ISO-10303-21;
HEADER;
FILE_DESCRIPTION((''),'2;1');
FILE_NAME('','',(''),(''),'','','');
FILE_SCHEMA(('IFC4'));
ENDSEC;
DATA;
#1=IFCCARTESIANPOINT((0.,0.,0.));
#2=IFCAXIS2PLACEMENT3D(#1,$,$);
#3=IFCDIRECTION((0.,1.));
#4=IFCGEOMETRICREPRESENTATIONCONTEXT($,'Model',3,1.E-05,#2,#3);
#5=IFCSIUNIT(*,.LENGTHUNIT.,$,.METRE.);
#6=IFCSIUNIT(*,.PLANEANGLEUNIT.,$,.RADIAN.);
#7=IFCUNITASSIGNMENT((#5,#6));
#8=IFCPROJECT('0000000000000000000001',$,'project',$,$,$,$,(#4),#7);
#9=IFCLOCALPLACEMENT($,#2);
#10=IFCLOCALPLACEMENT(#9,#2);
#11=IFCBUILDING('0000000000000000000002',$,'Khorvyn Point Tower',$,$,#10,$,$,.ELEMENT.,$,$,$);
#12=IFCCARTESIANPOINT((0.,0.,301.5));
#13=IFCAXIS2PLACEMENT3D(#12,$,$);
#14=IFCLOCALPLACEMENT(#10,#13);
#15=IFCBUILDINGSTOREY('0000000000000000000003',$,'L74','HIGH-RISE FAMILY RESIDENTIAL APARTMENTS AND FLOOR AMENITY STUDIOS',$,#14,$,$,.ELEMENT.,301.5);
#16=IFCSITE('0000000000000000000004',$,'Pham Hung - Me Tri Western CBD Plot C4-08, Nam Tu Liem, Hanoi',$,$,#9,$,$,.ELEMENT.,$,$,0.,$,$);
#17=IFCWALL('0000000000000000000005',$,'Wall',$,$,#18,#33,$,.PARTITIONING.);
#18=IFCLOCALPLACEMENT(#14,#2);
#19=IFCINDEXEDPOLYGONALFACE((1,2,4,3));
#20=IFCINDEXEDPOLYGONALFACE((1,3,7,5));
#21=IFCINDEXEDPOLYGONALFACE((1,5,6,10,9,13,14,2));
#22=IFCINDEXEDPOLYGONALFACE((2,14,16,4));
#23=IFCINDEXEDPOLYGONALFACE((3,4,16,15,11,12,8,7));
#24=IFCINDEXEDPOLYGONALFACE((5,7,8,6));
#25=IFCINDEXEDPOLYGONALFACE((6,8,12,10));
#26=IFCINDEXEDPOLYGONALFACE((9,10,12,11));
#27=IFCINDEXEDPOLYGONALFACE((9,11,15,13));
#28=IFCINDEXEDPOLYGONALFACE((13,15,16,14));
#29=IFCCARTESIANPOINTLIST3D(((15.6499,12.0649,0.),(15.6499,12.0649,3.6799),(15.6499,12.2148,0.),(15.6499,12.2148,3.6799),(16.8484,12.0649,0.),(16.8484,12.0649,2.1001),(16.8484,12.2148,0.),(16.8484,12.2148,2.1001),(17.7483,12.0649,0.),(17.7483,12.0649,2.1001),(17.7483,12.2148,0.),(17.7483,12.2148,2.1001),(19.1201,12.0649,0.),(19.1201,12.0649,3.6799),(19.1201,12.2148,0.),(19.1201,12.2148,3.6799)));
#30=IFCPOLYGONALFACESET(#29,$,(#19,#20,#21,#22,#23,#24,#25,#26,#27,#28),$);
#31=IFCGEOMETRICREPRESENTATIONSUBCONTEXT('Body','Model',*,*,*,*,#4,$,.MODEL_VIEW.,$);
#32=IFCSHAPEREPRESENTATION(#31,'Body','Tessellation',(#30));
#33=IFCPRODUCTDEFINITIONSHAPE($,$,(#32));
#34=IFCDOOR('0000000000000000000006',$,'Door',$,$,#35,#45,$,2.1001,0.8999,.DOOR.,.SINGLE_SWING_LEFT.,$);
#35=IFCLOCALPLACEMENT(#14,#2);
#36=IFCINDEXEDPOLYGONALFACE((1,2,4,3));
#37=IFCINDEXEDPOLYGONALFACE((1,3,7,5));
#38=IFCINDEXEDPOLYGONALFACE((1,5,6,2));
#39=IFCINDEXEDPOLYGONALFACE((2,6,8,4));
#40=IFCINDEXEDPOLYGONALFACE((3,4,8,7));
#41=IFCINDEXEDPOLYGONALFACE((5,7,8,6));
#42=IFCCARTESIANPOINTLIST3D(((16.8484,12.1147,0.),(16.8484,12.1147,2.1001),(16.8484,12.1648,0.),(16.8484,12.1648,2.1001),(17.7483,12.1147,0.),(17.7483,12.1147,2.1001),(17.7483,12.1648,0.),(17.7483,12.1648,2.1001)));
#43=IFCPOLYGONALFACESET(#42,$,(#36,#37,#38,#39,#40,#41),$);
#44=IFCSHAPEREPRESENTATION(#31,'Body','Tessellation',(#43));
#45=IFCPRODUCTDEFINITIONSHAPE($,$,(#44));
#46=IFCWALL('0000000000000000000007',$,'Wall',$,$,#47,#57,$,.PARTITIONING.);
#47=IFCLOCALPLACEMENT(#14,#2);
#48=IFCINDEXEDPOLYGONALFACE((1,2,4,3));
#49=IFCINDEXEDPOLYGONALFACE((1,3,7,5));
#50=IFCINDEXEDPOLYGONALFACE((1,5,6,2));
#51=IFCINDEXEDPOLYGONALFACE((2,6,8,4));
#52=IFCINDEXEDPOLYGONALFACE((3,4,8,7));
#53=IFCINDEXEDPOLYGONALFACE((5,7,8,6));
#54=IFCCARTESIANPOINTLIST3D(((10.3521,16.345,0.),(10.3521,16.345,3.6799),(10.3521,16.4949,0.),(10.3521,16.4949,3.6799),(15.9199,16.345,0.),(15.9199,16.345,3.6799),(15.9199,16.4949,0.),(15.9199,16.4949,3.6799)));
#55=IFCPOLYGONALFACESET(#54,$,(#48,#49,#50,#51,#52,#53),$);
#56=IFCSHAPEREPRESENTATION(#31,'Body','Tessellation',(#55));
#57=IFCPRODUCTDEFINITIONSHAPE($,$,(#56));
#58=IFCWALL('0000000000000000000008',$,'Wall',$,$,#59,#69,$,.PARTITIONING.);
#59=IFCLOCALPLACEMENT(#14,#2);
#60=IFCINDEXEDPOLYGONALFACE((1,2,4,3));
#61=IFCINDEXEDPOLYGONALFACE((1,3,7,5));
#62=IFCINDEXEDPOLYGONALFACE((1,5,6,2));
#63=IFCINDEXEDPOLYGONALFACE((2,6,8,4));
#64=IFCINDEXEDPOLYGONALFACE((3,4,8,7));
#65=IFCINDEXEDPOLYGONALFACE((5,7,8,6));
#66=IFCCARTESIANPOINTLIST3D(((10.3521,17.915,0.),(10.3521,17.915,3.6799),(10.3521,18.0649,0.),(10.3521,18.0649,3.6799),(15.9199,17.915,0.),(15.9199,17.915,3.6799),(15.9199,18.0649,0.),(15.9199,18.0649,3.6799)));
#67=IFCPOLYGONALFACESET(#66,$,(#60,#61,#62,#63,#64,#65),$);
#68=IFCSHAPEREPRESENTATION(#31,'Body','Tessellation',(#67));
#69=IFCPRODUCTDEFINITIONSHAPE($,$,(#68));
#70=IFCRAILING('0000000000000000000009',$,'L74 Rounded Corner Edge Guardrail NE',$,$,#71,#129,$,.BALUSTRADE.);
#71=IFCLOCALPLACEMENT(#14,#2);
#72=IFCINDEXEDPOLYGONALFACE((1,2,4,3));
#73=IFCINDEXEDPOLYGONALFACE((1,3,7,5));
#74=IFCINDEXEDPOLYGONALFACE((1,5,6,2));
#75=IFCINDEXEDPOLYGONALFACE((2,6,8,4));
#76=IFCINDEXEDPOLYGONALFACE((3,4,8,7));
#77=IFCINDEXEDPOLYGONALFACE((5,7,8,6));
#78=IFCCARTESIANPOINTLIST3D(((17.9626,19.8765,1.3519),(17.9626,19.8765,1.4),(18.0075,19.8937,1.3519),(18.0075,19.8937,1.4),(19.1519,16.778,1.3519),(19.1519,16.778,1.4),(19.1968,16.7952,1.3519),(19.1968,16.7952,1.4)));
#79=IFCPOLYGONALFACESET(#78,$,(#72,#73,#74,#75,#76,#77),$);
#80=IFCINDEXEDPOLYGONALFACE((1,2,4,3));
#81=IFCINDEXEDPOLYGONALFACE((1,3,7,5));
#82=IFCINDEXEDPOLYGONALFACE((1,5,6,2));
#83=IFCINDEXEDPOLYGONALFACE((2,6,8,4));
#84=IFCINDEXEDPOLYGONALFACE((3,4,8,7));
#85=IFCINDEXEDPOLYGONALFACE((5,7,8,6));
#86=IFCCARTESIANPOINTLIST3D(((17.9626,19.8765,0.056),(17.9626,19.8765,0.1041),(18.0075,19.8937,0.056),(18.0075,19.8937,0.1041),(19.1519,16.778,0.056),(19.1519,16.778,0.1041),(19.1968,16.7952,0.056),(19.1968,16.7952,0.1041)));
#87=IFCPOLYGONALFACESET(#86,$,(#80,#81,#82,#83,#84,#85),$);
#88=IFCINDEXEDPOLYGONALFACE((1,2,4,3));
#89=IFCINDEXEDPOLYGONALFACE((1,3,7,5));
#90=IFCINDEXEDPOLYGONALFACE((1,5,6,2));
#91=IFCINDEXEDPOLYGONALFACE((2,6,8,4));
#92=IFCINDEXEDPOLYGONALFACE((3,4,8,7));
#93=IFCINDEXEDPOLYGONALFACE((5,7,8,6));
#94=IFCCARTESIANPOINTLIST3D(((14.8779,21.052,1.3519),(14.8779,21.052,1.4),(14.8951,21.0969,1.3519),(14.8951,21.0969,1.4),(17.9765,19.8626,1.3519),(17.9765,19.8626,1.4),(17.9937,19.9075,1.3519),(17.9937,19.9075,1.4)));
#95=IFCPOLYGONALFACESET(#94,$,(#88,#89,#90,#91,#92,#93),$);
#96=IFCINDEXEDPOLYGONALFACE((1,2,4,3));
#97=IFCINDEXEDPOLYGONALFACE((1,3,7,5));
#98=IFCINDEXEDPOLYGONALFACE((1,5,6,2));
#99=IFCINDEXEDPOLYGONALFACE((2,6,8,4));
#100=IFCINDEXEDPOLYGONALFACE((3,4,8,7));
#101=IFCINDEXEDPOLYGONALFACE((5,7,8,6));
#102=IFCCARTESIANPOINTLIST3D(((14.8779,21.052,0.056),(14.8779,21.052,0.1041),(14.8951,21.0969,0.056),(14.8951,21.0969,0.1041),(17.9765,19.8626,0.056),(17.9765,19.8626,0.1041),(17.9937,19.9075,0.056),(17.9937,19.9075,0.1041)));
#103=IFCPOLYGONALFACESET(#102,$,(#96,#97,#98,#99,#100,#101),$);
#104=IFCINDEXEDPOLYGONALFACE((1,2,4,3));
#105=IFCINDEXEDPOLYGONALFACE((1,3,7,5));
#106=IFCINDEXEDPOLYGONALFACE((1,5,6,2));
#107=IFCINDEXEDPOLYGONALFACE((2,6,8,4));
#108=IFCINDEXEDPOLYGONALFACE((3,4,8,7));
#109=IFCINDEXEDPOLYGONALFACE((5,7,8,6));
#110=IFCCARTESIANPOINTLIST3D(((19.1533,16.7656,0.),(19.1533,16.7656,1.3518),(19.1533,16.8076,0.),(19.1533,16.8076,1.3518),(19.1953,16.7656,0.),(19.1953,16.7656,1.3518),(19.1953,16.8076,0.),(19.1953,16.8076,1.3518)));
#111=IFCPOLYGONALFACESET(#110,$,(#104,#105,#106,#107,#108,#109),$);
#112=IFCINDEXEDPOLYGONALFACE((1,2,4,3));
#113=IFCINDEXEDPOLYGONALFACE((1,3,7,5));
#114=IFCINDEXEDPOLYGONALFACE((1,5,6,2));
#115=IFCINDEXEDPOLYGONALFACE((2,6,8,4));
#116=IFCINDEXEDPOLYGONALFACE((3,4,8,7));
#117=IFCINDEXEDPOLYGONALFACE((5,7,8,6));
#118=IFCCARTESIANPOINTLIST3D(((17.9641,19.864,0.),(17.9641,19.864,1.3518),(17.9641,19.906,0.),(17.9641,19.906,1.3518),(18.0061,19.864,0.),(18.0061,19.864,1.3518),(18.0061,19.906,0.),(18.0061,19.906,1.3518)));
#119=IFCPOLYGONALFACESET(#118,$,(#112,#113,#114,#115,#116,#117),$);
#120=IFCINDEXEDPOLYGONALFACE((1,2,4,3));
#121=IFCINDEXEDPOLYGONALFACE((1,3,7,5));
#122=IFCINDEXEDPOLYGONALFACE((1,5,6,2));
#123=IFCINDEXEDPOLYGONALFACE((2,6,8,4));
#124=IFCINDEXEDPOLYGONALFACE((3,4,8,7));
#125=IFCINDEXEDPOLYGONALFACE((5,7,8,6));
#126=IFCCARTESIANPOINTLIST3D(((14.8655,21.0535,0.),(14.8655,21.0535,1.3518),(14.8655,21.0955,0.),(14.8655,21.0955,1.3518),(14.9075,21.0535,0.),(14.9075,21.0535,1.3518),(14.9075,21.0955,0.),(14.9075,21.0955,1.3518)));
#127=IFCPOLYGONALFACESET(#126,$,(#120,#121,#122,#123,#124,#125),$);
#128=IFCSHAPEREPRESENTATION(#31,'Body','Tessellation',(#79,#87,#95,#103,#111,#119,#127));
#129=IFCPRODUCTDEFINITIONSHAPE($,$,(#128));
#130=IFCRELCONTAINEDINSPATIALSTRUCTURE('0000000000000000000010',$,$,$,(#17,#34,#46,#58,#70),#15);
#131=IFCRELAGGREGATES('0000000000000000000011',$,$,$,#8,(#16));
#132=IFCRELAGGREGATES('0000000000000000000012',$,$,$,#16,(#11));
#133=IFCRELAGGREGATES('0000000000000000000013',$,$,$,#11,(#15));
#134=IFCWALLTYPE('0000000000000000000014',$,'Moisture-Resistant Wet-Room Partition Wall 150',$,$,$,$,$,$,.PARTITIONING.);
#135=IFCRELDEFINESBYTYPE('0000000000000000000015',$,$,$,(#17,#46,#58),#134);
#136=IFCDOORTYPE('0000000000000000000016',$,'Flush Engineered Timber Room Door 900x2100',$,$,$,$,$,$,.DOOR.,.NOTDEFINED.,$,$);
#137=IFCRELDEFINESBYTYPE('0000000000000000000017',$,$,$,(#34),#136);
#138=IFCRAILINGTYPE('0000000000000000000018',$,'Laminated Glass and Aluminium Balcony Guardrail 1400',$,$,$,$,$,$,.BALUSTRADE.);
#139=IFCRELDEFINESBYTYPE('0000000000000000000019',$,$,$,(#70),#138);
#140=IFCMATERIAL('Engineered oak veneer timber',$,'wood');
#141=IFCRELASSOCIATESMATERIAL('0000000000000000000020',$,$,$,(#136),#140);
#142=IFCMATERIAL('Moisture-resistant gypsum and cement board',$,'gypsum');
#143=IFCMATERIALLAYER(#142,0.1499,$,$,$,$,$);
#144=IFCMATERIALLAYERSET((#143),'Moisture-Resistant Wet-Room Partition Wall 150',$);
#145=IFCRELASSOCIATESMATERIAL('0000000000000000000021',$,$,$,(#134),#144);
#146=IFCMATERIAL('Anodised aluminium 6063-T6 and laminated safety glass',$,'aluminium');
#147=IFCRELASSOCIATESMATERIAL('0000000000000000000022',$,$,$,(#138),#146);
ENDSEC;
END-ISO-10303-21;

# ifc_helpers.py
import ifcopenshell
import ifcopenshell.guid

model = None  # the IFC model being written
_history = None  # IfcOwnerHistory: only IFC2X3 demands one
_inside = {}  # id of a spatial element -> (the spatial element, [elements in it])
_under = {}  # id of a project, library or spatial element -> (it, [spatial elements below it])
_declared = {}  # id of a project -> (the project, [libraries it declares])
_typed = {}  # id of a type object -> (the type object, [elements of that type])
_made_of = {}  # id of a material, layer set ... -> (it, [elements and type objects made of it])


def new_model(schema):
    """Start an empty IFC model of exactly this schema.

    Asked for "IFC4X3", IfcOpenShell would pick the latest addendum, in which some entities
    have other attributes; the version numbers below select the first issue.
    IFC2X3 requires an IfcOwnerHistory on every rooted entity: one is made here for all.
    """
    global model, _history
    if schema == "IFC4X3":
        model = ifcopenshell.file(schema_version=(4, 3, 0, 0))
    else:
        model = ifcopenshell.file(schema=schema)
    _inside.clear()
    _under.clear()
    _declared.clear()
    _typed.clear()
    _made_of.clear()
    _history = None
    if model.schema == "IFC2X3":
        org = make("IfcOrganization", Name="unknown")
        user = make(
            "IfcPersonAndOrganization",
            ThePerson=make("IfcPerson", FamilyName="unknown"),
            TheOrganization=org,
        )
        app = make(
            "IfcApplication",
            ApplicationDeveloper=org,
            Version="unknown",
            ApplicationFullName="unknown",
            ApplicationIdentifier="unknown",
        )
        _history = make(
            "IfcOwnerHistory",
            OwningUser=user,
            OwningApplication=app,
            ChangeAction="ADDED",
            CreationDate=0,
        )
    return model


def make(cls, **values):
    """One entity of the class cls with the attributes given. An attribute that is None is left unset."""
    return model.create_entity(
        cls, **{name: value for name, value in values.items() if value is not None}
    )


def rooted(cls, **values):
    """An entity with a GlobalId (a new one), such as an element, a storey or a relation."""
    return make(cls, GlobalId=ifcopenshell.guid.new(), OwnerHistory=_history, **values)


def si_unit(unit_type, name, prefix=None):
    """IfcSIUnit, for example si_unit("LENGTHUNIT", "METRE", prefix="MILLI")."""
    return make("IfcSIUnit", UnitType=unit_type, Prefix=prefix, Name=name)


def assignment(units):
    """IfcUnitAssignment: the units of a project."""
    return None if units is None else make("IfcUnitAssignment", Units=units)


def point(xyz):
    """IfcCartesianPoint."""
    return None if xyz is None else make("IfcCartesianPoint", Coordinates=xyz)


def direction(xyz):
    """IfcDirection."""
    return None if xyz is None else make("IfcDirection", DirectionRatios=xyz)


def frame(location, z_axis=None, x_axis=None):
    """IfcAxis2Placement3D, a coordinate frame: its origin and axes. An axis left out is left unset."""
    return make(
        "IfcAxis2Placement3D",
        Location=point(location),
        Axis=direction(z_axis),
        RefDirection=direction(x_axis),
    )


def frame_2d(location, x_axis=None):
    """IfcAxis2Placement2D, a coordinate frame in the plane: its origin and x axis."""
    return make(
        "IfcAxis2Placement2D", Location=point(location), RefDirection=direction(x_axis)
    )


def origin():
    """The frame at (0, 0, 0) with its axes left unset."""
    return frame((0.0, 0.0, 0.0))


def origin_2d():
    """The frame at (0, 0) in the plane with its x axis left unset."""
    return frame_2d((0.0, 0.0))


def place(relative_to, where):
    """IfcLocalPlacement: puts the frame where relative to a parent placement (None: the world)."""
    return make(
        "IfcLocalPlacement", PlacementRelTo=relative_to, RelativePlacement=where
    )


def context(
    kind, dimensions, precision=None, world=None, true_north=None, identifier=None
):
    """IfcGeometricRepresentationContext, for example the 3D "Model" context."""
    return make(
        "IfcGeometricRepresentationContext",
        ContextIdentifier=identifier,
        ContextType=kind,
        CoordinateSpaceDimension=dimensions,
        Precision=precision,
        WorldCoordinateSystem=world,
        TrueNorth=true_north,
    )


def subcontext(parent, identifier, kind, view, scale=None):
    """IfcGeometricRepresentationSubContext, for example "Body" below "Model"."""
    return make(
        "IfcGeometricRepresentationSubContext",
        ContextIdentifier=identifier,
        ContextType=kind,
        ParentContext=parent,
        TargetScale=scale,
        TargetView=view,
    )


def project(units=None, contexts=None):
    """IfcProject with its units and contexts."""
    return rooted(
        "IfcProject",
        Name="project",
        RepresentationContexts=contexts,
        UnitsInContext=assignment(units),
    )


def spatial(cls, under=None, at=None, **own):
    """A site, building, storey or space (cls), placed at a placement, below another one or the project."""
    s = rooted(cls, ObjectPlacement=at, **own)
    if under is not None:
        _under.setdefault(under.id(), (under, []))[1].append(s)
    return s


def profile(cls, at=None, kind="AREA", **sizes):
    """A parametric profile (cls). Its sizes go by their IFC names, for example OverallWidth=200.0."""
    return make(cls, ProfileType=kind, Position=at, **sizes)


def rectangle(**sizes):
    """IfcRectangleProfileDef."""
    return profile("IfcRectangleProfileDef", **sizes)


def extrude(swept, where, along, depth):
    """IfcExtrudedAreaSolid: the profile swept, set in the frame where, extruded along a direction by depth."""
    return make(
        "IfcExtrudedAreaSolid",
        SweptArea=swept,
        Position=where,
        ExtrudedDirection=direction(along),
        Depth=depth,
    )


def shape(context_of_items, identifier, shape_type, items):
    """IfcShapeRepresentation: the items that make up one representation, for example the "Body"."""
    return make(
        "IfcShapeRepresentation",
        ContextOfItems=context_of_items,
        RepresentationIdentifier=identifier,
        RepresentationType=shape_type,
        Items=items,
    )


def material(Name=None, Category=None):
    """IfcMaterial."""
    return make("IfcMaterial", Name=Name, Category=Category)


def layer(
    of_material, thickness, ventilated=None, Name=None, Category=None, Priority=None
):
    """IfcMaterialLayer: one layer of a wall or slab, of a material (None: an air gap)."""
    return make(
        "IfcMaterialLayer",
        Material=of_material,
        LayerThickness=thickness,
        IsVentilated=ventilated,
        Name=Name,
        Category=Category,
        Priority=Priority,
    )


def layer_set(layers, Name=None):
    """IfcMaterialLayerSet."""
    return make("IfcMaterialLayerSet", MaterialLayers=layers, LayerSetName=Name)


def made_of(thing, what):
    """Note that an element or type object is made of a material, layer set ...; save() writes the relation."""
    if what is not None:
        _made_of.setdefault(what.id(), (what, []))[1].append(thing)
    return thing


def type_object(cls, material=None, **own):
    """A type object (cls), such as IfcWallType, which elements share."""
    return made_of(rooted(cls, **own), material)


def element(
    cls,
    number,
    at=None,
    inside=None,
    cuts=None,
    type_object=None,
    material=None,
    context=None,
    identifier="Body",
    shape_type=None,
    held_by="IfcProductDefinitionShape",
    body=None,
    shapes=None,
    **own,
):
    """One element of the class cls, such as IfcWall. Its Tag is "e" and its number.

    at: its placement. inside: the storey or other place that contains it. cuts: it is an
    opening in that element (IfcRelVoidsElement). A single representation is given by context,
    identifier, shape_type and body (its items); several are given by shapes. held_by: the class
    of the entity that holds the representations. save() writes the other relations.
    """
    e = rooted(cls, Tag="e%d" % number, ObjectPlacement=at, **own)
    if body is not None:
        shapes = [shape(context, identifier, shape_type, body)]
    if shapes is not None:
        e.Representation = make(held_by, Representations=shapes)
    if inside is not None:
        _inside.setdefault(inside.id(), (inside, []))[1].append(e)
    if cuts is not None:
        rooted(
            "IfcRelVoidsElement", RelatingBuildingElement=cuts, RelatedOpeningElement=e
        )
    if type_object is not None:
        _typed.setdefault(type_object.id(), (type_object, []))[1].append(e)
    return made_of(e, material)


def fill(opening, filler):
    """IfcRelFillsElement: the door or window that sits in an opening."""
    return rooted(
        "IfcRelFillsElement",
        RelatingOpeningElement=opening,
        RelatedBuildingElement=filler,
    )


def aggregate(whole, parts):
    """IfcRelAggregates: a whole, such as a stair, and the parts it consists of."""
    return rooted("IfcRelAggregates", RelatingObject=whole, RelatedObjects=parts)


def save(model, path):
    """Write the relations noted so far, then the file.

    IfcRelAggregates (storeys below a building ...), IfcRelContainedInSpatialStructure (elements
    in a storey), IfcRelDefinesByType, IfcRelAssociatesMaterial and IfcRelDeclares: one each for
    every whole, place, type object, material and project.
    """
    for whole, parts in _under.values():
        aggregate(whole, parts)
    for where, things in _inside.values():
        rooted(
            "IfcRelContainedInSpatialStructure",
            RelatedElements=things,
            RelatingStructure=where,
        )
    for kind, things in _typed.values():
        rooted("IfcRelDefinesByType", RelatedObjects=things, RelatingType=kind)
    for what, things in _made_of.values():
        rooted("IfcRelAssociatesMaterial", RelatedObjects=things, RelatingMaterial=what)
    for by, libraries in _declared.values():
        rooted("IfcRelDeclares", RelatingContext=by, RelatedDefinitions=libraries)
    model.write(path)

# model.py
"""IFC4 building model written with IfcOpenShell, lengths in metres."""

from ifc_helpers import new_model, si_unit, direction, frame, frame_2d, origin, origin_2d, place, context, subcontext, project, spatial, rectangle, extrude, material, layer, layer_set, type_object, element, fill, save


model = new_model("IFC4")

# Units and contexts
model_context = context("Model", 3, precision=1e-05, world=origin(), true_north=direction((0.0, 1.0)))
body_context = subcontext(model_context, "Body", "Model", "MODEL_VIEW")
ifc_project = project(units=[si_unit("LENGTHUNIT", "METRE"), si_unit("PLANEANGLEUNIT", "RADIAN")], contexts=[model_context])

# Site, building, storey
site_placement = place(None, origin())
site = spatial("IfcSite", under=ifc_project, at=site_placement, Name="Pham Hung - Me Tri Western CBD Plot C4-08, Nam Tu Liem, Hanoi", CompositionType="ELEMENT", RefElevation=0.0)
building_placement = place(site_placement, origin())
building = spatial("IfcBuilding", under=site, at=building_placement, Name="Khorvyn Point Tower", CompositionType="ELEMENT")
storey_placement = place(building_placement, frame((0.0, 0.0, 301.5)))
storey = spatial("IfcBuildingStorey", under=building, at=storey_placement, Name="L74", Description="HIGH-RISE FAMILY RESIDENTIAL APARTMENTS AND FLOOR AMENITY STUDIOS", CompositionType="ELEMENT", Elevation=301.5)

# Wall, opening, door
ifc_material_1 = material(Name="Engineered oak veneer timber", Category="wood")
door_type = type_object("IfcDoorType", Name="Flush Engineered Timber Room Door 900x2100", OperationType="NOTDEFINED", PredefinedType="DOOR", material=ifc_material_1)
ifc_material_2 = material(Name="Moisture-resistant gypsum and cement board", Category="gypsum")
ifc_layer_1 = layer(ifc_material_2, 0.1499)
ifc_layer_set_1 = layer_set([ifc_layer_1], Name="Moisture-Resistant Wet-Room Partition Wall 150")
wall_type_1 = type_object("IfcWallType", Name="Moisture-Resistant Wet-Room Partition Wall 150", PredefinedType="PARTITIONING", material=ifc_layer_set_1)
wall_1_placement = place(storey_placement, frame((15.6499, 12.1399, 0.0), z_axis=(0.0, 0.0, 1.0), x_axis=(1.0, 0.0, 0.0)))
wall_1 = element("IfcWall", 1, at=wall_1_placement, inside=storey, type_object=wall_type_1, Name="Wall", PredefinedType="PARTITIONING", context=body_context, shape_type="SweptSolid", body=[
    extrude(rectangle(XDim=3.4702, YDim=0.1499, at=frame_2d((1.7351, 0.0))), origin(), (0.0, 0.0, 1.0), 3.6799),
])
opening_1_placement = place(wall_1_placement, frame((1.1985, 0.0, 0.0)))
opening_1 = element("IfcOpeningElement", 2, at=opening_1_placement, cuts=wall_1, PredefinedType="OPENING", context=body_context, shape_type="SweptSolid", body=[
    extrude(rectangle(XDim=0.8999, YDim=2.1001, at=frame_2d((0.45, 1.05))), frame((0.0, 0.085, 0.0), z_axis=(0.0, -1.0, 0.0), x_axis=(1.0, 0.0, 0.0)), (0.0, 0.0, 1.0), 0.1699),
])
door_1_placement = place(opening_1_placement, origin())
door_1 = element("IfcDoor", 3, at=door_1_placement, inside=storey, type_object=door_type, Name="Door", OperationType="SINGLE_SWING_LEFT", OverallHeight=2.1001, OverallWidth=0.8999, PredefinedType="DOOR", context=body_context, shape_type="SweptSolid", body=[
    extrude(rectangle(XDim=0.8999, YDim=2.1001, at=frame_2d((0.45, 1.05))), frame((0.0, 0.0249, 0.0), z_axis=(0.0, -1.0, 0.0), x_axis=(1.0, 0.0, 0.0)), (0.0, 0.0, 1.0), 0.05),
])
fill(opening_1, door_1)

# Walls
for number, where, z_axis, x_axis, name in (
    (4, (10.3521, 16.4199, 0.0), (0.0, 0.0, 1.0), (1.0, 0.0, 0.0), "Wall"),
    (5, (10.3521, 17.99, 0.0), (0.0, 0.0, 1.0), (1.0, 0.0, 0.0), "Wall"),
):
    element("IfcWall", number, at=place(storey_placement, frame(where, z_axis=z_axis, x_axis=x_axis)), inside=storey, type_object=wall_type_1, Name=name, PredefinedType="PARTITIONING", context=body_context, shape_type="SweptSolid", body=[
        extrude(rectangle(XDim=5.5679, YDim=0.1499, at=frame_2d((2.7839, 0.0))), origin(), (0.0, 0.0, 1.0), 3.6799),
    ])

# Railing
ifc_material_3 = material(Name="Anodised aluminium 6063-T6 and laminated safety glass", Category="aluminium")
railing_type = type_object("IfcRailingType", Name="Laminated Glass and Aluminium Balcony Guardrail 1400", PredefinedType="BALUSTRADE", material=ifc_material_3)
railing_1_placement = place(storey_placement, frame((19.1743, 16.7866, 0.0)))
element("IfcRailing", 6, at=railing_1_placement, inside=storey, type_object=railing_type, Name="L74 Rounded Corner Edge Guardrail NE", PredefinedType="BALUSTRADE", context=body_context, shape_type="SweptSolid", body=[
    extrude(rectangle(XDim=0.0481, YDim=0.0481, at=origin_2d()), frame((0.0, 0.0, 1.376), z_axis=(-0.358328, 0.933596, 0.0), x_axis=(-0.933596, -0.358328, 0.0)), (0.0, 0.0, 1.0), 3.3188),
    extrude(rectangle(XDim=0.0481, YDim=0.0481, at=origin_2d()), frame((0.0, 0.0, 0.0801), z_axis=(-0.358328, 0.933596, 0.0), x_axis=(-0.933596, -0.358328, 0.0)), (0.0, 0.0, 1.0), 3.3188),
    extrude(rectangle(XDim=0.0481, YDim=0.0481, at=origin_2d()), frame((-1.1892, 3.0984, 1.376), z_axis=(-0.93358, 0.358368, 0.0), x_axis=(-0.358368, -0.93358, 0.0)), (0.0, 0.0, 1.0), 3.3191),
    extrude(rectangle(XDim=0.0481, YDim=0.0481, at=origin_2d()), frame((-1.1892, 3.0984, 0.0801), z_axis=(-0.93358, 0.358368, 0.0), x_axis=(-0.358368, -0.93358, 0.0)), (0.0, 0.0, 1.0), 3.3191),
    extrude(rectangle(XDim=0.042, YDim=0.042, at=origin_2d()), origin(), (0.0, 0.0, 1.0), 1.3518),
    extrude(rectangle(XDim=0.042, YDim=0.042, at=origin_2d()), frame((-1.1892, 3.0984, 0.0)), (0.0, 0.0, 1.0), 1.3518),
    extrude(rectangle(XDim=0.042, YDim=0.042, at=origin_2d()), frame((-4.2878, 4.2878, 0.0)), (0.0, 0.0, 1.0), 1.3518),
])

save(model, "model.ifc")
